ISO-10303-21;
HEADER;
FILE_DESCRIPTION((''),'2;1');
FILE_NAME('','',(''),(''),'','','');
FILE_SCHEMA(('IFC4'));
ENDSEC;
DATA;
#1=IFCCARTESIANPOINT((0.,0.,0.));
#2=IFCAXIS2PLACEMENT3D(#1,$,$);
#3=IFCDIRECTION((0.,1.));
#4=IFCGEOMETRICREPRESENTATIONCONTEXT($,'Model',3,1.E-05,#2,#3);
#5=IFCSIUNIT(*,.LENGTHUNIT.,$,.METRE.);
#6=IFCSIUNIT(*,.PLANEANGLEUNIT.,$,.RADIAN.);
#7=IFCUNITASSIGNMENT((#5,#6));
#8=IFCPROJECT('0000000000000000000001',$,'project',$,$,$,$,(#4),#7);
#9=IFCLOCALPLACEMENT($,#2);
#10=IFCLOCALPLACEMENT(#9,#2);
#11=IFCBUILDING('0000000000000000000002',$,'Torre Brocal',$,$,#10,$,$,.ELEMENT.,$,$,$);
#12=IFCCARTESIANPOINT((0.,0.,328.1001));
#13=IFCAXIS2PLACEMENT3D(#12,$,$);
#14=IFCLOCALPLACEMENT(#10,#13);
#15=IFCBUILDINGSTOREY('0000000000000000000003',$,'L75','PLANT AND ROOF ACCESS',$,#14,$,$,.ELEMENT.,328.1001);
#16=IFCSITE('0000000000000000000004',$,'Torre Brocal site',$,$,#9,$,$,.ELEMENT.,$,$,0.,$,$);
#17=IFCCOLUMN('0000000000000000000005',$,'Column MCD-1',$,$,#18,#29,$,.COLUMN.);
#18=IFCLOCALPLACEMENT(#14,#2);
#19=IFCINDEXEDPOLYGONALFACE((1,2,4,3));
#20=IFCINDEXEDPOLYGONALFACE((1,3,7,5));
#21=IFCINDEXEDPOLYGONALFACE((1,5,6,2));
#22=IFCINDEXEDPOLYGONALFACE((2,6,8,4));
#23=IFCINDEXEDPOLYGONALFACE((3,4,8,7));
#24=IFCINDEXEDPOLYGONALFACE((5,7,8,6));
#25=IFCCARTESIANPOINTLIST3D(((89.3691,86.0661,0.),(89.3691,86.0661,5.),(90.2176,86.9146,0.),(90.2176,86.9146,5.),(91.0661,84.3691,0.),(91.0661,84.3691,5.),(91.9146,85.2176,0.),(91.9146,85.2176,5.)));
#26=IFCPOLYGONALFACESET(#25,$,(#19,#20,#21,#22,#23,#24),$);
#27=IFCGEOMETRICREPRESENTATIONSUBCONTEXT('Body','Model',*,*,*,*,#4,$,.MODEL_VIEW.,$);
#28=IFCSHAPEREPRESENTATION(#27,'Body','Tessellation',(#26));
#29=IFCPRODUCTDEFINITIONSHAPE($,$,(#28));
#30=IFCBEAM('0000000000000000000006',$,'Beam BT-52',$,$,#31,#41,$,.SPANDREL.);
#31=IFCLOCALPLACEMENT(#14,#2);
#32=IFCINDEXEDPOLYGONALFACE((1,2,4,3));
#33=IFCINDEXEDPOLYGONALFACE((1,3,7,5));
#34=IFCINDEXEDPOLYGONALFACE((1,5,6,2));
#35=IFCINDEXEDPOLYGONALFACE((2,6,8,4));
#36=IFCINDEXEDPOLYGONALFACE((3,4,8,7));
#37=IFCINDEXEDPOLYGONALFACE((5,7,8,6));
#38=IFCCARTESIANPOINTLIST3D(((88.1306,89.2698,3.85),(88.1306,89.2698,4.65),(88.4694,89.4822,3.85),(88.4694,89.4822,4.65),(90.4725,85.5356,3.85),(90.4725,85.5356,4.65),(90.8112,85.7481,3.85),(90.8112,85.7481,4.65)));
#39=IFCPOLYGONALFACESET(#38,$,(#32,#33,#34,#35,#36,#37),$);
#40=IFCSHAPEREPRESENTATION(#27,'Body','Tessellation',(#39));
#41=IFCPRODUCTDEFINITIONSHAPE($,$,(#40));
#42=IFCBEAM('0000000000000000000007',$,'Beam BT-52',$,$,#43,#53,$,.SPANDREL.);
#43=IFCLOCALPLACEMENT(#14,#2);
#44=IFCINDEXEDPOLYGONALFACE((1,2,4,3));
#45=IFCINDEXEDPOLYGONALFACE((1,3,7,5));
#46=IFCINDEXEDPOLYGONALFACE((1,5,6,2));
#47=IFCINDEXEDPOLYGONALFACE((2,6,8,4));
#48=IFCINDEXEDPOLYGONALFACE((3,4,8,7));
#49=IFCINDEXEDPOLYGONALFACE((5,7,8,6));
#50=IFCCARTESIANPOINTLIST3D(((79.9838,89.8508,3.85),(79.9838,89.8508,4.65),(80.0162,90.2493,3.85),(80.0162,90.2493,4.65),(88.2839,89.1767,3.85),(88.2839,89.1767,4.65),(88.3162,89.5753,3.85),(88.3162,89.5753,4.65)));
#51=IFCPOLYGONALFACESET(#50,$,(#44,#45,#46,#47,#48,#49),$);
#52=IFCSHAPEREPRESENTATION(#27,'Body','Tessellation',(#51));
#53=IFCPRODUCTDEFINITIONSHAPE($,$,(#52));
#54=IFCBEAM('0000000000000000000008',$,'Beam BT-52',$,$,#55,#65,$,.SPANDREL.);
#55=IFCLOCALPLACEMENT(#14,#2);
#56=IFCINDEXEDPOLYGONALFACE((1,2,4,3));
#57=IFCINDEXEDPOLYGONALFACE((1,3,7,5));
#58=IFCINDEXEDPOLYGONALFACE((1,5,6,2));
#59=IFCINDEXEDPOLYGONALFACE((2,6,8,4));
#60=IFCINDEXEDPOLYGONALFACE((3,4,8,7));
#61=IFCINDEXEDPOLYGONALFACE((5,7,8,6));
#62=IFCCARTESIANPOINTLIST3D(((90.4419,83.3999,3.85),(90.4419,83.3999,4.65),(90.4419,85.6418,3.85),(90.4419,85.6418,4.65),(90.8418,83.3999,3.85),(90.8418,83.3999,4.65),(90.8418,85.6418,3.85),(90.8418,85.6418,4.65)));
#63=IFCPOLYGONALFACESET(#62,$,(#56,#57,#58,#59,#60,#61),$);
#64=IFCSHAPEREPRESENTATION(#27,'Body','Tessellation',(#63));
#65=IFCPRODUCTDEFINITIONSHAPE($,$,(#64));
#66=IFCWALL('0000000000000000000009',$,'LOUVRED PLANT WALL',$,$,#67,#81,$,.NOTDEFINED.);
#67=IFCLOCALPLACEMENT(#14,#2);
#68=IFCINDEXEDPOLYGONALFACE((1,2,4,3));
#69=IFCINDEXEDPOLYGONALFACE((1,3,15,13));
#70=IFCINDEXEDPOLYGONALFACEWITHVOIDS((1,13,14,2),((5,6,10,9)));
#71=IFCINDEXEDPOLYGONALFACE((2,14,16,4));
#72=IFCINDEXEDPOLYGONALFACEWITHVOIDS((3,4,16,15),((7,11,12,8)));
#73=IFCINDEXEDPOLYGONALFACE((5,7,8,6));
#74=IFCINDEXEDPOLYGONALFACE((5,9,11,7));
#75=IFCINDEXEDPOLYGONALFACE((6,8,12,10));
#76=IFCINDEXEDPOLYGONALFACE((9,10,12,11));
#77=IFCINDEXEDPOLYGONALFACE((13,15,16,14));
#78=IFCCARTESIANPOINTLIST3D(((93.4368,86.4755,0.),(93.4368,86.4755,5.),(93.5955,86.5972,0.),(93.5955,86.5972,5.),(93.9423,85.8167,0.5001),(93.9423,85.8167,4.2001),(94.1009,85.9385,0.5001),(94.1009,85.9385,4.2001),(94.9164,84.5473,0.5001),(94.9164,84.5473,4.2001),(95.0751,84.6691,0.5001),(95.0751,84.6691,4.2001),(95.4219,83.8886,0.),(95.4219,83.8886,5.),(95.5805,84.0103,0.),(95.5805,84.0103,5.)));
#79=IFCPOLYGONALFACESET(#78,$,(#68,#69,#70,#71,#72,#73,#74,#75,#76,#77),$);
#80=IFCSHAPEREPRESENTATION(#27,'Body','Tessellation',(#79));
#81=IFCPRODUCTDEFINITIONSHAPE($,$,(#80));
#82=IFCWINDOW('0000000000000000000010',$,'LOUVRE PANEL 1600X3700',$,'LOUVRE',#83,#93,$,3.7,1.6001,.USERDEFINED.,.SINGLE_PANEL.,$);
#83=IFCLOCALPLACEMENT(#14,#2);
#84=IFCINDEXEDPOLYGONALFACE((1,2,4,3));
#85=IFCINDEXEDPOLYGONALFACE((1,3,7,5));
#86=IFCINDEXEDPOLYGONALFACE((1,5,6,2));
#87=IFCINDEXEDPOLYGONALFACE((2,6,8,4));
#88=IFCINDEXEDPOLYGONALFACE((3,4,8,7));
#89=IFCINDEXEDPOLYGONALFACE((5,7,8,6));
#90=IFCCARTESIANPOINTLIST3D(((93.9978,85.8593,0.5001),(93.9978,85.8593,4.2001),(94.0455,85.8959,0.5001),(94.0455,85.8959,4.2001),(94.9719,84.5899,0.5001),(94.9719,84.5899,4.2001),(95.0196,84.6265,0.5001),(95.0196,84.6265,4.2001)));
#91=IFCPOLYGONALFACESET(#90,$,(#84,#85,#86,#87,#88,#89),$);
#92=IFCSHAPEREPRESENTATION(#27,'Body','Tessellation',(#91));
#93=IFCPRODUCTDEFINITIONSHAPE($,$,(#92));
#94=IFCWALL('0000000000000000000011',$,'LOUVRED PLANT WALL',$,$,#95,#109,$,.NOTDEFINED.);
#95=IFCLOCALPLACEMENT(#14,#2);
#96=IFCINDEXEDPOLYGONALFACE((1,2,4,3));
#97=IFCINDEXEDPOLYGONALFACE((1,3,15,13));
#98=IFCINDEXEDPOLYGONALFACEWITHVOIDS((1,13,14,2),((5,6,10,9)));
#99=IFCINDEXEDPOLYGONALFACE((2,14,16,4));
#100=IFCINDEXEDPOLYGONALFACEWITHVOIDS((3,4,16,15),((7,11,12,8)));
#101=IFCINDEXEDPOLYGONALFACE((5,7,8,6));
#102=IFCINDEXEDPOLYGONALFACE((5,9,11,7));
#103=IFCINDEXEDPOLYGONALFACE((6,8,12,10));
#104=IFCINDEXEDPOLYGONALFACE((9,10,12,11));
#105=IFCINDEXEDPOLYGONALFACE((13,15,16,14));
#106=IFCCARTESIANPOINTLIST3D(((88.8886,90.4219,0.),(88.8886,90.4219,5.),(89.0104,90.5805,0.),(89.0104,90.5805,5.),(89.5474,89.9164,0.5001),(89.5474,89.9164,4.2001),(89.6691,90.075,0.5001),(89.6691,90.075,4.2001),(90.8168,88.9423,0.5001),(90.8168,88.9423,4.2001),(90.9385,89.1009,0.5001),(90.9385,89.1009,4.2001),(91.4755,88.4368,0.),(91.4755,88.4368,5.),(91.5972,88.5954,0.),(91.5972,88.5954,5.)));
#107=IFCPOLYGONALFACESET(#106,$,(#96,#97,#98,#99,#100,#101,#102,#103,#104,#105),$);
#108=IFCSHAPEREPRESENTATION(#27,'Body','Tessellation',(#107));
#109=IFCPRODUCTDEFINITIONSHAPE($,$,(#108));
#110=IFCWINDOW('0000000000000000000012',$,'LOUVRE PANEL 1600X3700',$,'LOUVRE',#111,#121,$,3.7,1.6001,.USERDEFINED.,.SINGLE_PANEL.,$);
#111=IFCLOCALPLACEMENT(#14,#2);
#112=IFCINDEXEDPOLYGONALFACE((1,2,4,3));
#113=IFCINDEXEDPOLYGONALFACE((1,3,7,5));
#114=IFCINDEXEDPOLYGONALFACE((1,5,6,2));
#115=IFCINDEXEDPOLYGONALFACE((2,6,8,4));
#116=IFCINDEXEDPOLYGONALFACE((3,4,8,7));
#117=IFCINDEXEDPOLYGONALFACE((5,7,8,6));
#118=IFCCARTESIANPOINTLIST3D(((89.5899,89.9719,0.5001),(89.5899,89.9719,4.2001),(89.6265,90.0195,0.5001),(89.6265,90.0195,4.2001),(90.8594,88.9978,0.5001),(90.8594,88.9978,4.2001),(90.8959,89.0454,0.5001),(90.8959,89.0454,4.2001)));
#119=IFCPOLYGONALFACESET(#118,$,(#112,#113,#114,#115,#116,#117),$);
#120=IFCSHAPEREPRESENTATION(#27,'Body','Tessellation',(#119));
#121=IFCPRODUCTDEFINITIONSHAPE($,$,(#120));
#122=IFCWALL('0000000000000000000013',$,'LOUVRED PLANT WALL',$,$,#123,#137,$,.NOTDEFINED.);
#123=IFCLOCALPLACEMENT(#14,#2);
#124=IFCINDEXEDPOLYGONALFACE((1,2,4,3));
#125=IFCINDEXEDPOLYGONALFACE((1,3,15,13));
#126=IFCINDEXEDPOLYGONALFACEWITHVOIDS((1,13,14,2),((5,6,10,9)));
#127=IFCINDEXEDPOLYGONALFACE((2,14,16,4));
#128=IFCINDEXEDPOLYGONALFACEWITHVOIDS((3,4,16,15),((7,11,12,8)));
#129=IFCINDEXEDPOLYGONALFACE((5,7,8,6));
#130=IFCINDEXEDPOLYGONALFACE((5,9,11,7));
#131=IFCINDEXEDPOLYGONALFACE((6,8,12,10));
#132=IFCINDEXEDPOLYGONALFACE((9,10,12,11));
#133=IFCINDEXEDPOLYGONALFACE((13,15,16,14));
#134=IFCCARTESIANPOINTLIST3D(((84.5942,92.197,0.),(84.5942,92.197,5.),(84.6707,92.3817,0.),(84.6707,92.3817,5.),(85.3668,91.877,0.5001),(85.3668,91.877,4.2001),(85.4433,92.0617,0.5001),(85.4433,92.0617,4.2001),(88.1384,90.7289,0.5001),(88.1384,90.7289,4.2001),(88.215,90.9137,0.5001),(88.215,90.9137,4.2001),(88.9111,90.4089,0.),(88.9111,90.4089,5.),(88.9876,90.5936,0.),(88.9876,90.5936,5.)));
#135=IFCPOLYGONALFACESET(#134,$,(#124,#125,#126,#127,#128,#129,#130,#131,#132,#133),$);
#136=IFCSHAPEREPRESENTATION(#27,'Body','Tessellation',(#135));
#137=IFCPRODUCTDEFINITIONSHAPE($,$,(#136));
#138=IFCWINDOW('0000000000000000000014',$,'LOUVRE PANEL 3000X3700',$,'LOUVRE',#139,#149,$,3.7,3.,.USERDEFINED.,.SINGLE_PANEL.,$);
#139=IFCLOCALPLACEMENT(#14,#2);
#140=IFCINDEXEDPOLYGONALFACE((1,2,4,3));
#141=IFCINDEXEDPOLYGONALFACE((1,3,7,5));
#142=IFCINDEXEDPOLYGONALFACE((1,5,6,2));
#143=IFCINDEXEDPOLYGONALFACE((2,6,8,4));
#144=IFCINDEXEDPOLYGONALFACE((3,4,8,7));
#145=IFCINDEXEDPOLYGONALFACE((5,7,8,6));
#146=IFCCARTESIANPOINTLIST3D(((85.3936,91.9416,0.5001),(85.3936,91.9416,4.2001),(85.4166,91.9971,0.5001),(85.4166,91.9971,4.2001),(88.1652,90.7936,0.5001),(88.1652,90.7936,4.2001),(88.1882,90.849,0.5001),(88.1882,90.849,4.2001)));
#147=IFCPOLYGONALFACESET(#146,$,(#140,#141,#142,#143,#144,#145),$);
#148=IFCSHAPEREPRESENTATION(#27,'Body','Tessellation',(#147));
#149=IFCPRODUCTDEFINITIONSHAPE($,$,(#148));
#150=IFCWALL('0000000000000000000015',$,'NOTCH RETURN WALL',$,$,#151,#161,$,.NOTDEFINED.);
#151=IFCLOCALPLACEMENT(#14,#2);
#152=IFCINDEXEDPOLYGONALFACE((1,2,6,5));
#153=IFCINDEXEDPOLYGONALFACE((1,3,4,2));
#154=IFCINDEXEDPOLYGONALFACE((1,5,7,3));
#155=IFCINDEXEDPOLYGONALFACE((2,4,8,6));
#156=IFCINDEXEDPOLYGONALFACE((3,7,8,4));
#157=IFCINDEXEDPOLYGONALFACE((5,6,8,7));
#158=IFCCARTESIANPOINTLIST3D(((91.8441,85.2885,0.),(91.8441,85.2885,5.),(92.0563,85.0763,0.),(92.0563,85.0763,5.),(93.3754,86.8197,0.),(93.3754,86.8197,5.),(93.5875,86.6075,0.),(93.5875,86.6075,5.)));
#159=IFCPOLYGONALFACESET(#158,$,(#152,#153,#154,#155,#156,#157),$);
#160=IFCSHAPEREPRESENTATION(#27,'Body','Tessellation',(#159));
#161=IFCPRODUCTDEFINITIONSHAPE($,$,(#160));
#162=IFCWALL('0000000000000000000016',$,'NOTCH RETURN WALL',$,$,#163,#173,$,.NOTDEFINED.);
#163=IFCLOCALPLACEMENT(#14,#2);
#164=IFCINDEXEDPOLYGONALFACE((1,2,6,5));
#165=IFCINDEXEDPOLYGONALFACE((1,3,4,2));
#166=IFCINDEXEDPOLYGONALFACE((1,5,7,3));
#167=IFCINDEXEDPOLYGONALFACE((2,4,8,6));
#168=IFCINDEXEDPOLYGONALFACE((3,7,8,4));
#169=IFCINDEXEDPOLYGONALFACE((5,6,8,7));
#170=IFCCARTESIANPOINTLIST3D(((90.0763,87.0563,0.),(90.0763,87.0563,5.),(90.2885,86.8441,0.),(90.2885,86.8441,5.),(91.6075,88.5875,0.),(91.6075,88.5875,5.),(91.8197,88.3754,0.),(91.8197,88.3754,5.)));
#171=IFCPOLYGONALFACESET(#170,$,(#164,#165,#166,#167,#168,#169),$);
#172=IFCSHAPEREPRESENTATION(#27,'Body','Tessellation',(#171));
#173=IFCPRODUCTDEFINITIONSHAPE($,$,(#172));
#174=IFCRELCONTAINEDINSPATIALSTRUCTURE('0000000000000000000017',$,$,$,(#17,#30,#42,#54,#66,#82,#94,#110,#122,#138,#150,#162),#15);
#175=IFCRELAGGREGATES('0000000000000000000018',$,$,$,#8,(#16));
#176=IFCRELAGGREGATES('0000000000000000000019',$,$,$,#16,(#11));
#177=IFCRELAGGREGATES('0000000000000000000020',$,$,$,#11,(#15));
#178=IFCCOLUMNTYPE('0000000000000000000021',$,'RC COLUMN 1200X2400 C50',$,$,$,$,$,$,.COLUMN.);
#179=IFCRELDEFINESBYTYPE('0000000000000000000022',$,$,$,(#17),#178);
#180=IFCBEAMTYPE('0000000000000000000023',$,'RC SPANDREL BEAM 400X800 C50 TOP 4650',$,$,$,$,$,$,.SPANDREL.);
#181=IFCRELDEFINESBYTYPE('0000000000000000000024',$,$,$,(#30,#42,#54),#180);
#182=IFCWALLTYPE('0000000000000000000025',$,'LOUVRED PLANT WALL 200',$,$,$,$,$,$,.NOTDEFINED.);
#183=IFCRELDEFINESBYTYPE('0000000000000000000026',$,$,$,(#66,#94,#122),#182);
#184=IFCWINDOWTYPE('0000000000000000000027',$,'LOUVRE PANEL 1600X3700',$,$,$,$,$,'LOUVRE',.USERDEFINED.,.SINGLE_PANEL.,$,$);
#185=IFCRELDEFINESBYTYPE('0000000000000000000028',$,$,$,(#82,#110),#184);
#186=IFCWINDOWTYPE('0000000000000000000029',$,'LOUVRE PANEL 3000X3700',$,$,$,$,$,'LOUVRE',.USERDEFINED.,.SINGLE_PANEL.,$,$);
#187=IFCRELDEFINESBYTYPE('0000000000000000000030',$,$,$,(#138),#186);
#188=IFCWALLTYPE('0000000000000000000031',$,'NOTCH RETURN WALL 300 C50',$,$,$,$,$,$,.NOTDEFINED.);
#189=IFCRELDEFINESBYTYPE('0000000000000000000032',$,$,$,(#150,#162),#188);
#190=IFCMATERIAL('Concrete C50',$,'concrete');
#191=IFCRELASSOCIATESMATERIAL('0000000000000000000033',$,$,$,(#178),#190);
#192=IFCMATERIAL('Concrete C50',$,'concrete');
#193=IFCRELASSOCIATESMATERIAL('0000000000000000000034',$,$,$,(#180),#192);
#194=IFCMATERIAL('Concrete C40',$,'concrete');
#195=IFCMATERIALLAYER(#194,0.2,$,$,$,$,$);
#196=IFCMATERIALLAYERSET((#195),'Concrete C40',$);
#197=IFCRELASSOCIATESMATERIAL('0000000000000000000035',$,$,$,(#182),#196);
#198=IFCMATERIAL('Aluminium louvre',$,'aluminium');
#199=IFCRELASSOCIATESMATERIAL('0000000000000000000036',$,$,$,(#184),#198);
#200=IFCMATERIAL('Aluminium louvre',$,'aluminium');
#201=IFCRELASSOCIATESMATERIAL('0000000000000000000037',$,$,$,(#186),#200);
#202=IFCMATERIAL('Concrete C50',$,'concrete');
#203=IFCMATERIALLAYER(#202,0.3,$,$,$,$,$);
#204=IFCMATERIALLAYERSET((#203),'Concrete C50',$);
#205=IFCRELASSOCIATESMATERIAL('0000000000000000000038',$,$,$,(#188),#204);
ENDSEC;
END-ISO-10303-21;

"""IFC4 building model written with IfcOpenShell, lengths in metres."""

from ifc_helpers import new_model, si_unit, direction, frame, frame_2d, origin, origin_2d, place, context, subcontext, project, spatial, rectangle, extrude, material, layer, layer_set, material_profile, profile_set, type_object, element, fill, save


model = new_model("IFC4")

# Units and contexts
model_context = context("Model", 3, precision=1e-05, world=origin(), true_north=direction((0.0, 1.0)))
body_context = subcontext(model_context, "Body", "Model", "MODEL_VIEW")
ifc_project = project(units=[si_unit("LENGTHUNIT", "METRE"), si_unit("PLANEANGLEUNIT", "RADIAN")], contexts=[model_context])

# Site, building, storey
site_placement = place(None, origin())
site = spatial("IfcSite", under=ifc_project, at=site_placement, Name="Torre Brocal site", CompositionType="ELEMENT", RefElevation=0.0)
building_placement = place(site_placement, origin())
building = spatial("IfcBuilding", under=site, at=building_placement, Name="Torre Brocal", CompositionType="ELEMENT")
storey_placement = place(building_placement, frame((0.0, 0.0, 328.1001)))
storey = spatial("IfcBuildingStorey", under=building, at=storey_placement, Name="L75", Description="PLANT AND ROOF ACCESS", CompositionType="ELEMENT", Elevation=328.1001)

# Column
ifc_material_1 = material(Name="Concrete C50", Category="concrete")
ifc_material_profile_1 = material_profile(ifc_material_1, rectangle(XDim=1.2, YDim=2.3999, at=origin_2d()), Name="RC 1200X2400")
ifc_profile_set_1 = profile_set([ifc_material_profile_1], Name="Concrete C50")
column_type = type_object("IfcColumnType", Name="RC COLUMN 1200X2400 C50", PredefinedType="COLUMN", material=ifc_profile_set_1)
column_placement = place(storey_placement, frame((90.6418, 85.6418, 0.0), z_axis=(0.0, 0.0, 1.0), x_axis=(0.707107, 0.707107, 0.0)))
element("IfcColumn", 1, at=column_placement, inside=storey, type_object=column_type, Name="Column MCD-1", PredefinedType="COLUMN", context=body_context, shape_type="SweptSolid", body=[
    extrude(rectangle(XDim=1.2, YDim=2.3999, at=origin_2d()), origin(), (0.0, 0.0, 1.0), 5.0),
])

# Beams
ifc_material_2 = material(Name="Concrete C50", Category="concrete")
ifc_material_profile_2 = material_profile(ifc_material_2, rectangle(XDim=0.3999, YDim=0.8, at=origin_2d()), Name="RC 400X800")
ifc_profile_set_2 = profile_set([ifc_material_profile_2], Name="Concrete C50")
beam_type = type_object("IfcBeamType", Name="RC SPANDREL BEAM 400X800 C50 TOP 4650", PredefinedType="SPANDREL", material=ifc_profile_set_2)
beam_1_placement = place(storey_placement, frame((90.6418, 85.6418, 4.25), z_axis=(-0.531298, 0.847185, 0.0), x_axis=(-0.847185, -0.531298, 0.0)))
element("IfcBeam", 2, at=beam_1_placement, inside=storey, type_object=beam_type, Name="Beam BT-52", PredefinedType="SPANDREL", context=body_context, shape_type="SweptSolid", body=[
    extrude(rectangle(XDim=0.3999, YDim=0.8, at=origin_2d()), origin(), (0.0, 0.0, 1.0), 4.4077),
])
beam_2_placement = place(storey_placement, frame((88.3, 89.376, 4.25), z_axis=(-0.996718, 0.080947, 0.0), x_axis=(-0.080947, -0.996718, 0.0)))
element("IfcBeam", 3, at=beam_2_placement, inside=storey, type_object=beam_type, Name="Beam BT-52", PredefinedType="SPANDREL", context=body_context, shape_type="SweptSolid", body=[
    extrude(rectangle(XDim=0.3999, YDim=0.8, at=origin_2d()), origin(), (0.0, 0.0, 1.0), 8.3274),
])
beam_3_placement = place(storey_placement, frame((90.6418, 85.6418, 4.25), z_axis=(0.0, -1.0, 0.0), x_axis=(1.0, 0.0, 0.0)))
element("IfcBeam", 4, at=beam_3_placement, inside=storey, type_object=beam_type, Name="Beam BT-52", PredefinedType="SPANDREL", context=body_context, shape_type="SweptSolid", body=[
    extrude(rectangle(XDim=0.3999, YDim=0.8, at=origin_2d()), origin(), (0.0, 0.0, 1.0), 2.2419),
])

# Walls, openings, windows
ifc_material_3 = material(Name="Concrete C40", Category="concrete")
ifc_layer_1 = layer(ifc_material_3, 0.2)
ifc_layer_set_1 = layer_set([ifc_layer_1], Name="Concrete C40")
wall_type_1 = type_object("IfcWallType", Name="LOUVRED PLANT WALL 200", PredefinedType="NOTDEFINED", material=ifc_layer_set_1)
wall_1_placement = place(storey_placement, frame((95.5012, 83.9495, 0.0), z_axis=(0.0, 0.0, 1.0), x_axis=(-0.60878, 0.793339, 0.0)))
wall_1 = element("IfcWall", 5, at=wall_1_placement, inside=storey, type_object=wall_type_1, Name="LOUVRED PLANT WALL", PredefinedType="NOTDEFINED", context=body_context, shape_type="SweptSolid", body=[
    extrude(rectangle(XDim=3.2607, YDim=0.2, at=frame_2d((1.6304, 0.0))), origin(), (0.0, 0.0, 1.0), 5.0),
])
opening_1_placement = place(wall_1_placement, frame((0.8303, 0.0, 0.5)))
opening_1 = element("IfcOpeningElement", 6, at=opening_1_placement, cuts=wall_1, PredefinedType="OPENING", context=body_context, shape_type="SweptSolid", body=[
    extrude(rectangle(XDim=1.6001, YDim=3.7, at=frame_2d((0.8, 1.8501))), frame((0.0, 0.1099, 0.0), z_axis=(0.0, -1.0, 0.0), x_axis=(1.0, 0.0, 0.0)), (0.0, 0.0, 1.0), 0.22),
])
ifc_material_4 = material(Name="Aluminium louvre", Category="aluminium")
window_type_1 = type_object("IfcWindowType", Name="LOUVRE PANEL 1600X3700", ElementType="LOUVRE", PartitioningType="SINGLE_PANEL", PredefinedType="USERDEFINED", material=ifc_material_4)
window_1_placement = place(opening_1_placement, origin())
window_1 = element("IfcWindow", 7, at=window_1_placement, inside=storey, type_object=window_type_1, Name="LOUVRE PANEL 1600X3700", ObjectType="LOUVRE", OverallHeight=3.7, OverallWidth=1.6001, PartitioningType="SINGLE_PANEL", PredefinedType="USERDEFINED", context=body_context, shape_type="SweptSolid", body=[
    extrude(rectangle(XDim=1.6001, YDim=3.7, at=frame_2d((0.8, 1.8501))), frame((0.0, 0.03, 0.0), z_axis=(0.0, -1.0, 0.0), x_axis=(1.0, 0.0, 0.0)), (0.0, 0.0, 1.0), 0.0601),
])
fill(opening_1, window_1)
wall_2_placement = place(storey_placement, frame((91.5364, 88.5161, 0.0), z_axis=(0.0, 0.0, 1.0), x_axis=(-0.793339, 0.60878, 0.0)))
wall_2 = element("IfcWall", 8, at=wall_2_placement, inside=storey, type_object=wall_type_1, Name="LOUVRED PLANT WALL", PredefinedType="NOTDEFINED", context=body_context, shape_type="SweptSolid", body=[
    extrude(rectangle(XDim=3.2607, YDim=0.2, at=frame_2d((1.6304, 0.0))), origin(), (0.0, 0.0, 1.0), 5.0),
])
opening_2_placement = place(wall_2_placement, frame((0.8303, 0.0, 0.5)))
opening_2 = element("IfcOpeningElement", 9, at=opening_2_placement, cuts=wall_2, PredefinedType="OPENING", context=body_context, shape_type="SweptSolid", body=[
    extrude(rectangle(XDim=1.6001, YDim=3.7, at=frame_2d((0.8, 1.8501))), frame((0.0, 0.1099, 0.0), z_axis=(0.0, -1.0, 0.0), x_axis=(1.0, 0.0, 0.0)), (0.0, 0.0, 1.0), 0.22),
])
window_2_placement = place(opening_2_placement, origin())
window_2 = element("IfcWindow", 10, at=window_2_placement, inside=storey, type_object=window_type_1, Name="LOUVRE PANEL 1600X3700", ObjectType="LOUVRE", OverallHeight=3.7, OverallWidth=1.6001, PartitioningType="SINGLE_PANEL", PredefinedType="USERDEFINED", context=body_context, shape_type="SweptSolid", body=[
    extrude(rectangle(XDim=1.6001, YDim=3.7, at=frame_2d((0.8, 1.8501))), frame((0.0, 0.03, 0.0), z_axis=(0.0, -1.0, 0.0), x_axis=(1.0, 0.0, 0.0)), (0.0, 0.0, 1.0), 0.0601),
])
fill(opening_2, window_2)
wall_3_placement = place(storey_placement, frame((88.9495, 90.5012, 0.0), z_axis=(0.0, 0.0, 1.0), x_axis=(-0.923882, 0.382678, 0.0)))
wall_3 = element("IfcWall", 11, at=wall_3_placement, inside=storey, type_object=wall_type_1, Name="LOUVRED PLANT WALL", PredefinedType="NOTDEFINED", context=body_context, shape_type="SweptSolid", body=[
    extrude(rectangle(XDim=4.6726, YDim=0.2, at=frame_2d((2.3364, 0.0))), origin(), (0.0, 0.0, 1.0), 5.0),
])
opening_3_placement = place(wall_3_placement, frame((0.8364, 0.0, 0.5)))
opening_3 = element("IfcOpeningElement", 12, at=opening_3_placement, cuts=wall_3, PredefinedType="OPENING", context=body_context, shape_type="SweptSolid", body=[
    extrude(rectangle(XDim=3.0, YDim=3.7, at=frame_2d((1.5, 1.8501))), frame((0.0, 0.1099, 0.0), z_axis=(0.0, -1.0, 0.0), x_axis=(1.0, 0.0, 0.0)), (0.0, 0.0, 1.0), 0.22),
])
ifc_material_5 = material(Name="Aluminium louvre", Category="aluminium")
window_type_2 = type_object("IfcWindowType", Name="LOUVRE PANEL 3000X3700", ElementType="LOUVRE", PartitioningType="SINGLE_PANEL", PredefinedType="USERDEFINED", material=ifc_material_5)
window_3_placement = place(opening_3_placement, origin())
window_3 = element("IfcWindow", 13, at=window_3_placement, inside=storey, type_object=window_type_2, Name="LOUVRE PANEL 3000X3700", ObjectType="LOUVRE", OverallHeight=3.7, OverallWidth=3.0, PartitioningType="SINGLE_PANEL", PredefinedType="USERDEFINED", context=body_context, shape_type="SweptSolid", body=[
    extrude(rectangle(XDim=3.0, YDim=3.7, at=frame_2d((1.5, 1.8501))), frame((0.0, 0.03, 0.0), z_axis=(0.0, -1.0, 0.0), x_axis=(1.0, 0.0, 0.0)), (0.0, 0.0, 1.0), 0.0601),
])
fill(opening_3, window_3)

# Walls
ifc_material_6 = material(Name="Concrete C50", Category="concrete")
ifc_layer_2 = layer(ifc_material_6, 0.3)
ifc_layer_set_2 = layer_set([ifc_layer_2], Name="Concrete C50")
wall_type_2 = type_object("IfcWallType", Name="NOTCH RETURN WALL 300 C50", PredefinedType="NOTDEFINED", material=ifc_layer_set_2)
for number, where, z_axis, x_axis, name in (
    (14, (91.9502, 85.1824, 0.0), (0.0, 0.0, 1.0), (0.707107, 0.707107, 0.0), "NOTCH RETURN WALL"),
    (15, (90.1824, 86.9502, 0.0), (0.0, 0.0, 1.0), (0.707107, 0.707107, 0.0), "NOTCH RETURN WALL"),
):
    element("IfcWall", number, at=place(storey_placement, frame(where, z_axis=z_axis, x_axis=x_axis)), inside=storey, type_object=wall_type_2, Name=name, PredefinedType="NOTDEFINED", context=body_context, shape_type="SweptSolid", body=[
        extrude(rectangle(XDim=2.1655, YDim=0.3, at=frame_2d((1.0828, 0.0))), origin(), (0.0, 0.0, 1.0), 5.0),
    ])

save(model, "model.ifc")
